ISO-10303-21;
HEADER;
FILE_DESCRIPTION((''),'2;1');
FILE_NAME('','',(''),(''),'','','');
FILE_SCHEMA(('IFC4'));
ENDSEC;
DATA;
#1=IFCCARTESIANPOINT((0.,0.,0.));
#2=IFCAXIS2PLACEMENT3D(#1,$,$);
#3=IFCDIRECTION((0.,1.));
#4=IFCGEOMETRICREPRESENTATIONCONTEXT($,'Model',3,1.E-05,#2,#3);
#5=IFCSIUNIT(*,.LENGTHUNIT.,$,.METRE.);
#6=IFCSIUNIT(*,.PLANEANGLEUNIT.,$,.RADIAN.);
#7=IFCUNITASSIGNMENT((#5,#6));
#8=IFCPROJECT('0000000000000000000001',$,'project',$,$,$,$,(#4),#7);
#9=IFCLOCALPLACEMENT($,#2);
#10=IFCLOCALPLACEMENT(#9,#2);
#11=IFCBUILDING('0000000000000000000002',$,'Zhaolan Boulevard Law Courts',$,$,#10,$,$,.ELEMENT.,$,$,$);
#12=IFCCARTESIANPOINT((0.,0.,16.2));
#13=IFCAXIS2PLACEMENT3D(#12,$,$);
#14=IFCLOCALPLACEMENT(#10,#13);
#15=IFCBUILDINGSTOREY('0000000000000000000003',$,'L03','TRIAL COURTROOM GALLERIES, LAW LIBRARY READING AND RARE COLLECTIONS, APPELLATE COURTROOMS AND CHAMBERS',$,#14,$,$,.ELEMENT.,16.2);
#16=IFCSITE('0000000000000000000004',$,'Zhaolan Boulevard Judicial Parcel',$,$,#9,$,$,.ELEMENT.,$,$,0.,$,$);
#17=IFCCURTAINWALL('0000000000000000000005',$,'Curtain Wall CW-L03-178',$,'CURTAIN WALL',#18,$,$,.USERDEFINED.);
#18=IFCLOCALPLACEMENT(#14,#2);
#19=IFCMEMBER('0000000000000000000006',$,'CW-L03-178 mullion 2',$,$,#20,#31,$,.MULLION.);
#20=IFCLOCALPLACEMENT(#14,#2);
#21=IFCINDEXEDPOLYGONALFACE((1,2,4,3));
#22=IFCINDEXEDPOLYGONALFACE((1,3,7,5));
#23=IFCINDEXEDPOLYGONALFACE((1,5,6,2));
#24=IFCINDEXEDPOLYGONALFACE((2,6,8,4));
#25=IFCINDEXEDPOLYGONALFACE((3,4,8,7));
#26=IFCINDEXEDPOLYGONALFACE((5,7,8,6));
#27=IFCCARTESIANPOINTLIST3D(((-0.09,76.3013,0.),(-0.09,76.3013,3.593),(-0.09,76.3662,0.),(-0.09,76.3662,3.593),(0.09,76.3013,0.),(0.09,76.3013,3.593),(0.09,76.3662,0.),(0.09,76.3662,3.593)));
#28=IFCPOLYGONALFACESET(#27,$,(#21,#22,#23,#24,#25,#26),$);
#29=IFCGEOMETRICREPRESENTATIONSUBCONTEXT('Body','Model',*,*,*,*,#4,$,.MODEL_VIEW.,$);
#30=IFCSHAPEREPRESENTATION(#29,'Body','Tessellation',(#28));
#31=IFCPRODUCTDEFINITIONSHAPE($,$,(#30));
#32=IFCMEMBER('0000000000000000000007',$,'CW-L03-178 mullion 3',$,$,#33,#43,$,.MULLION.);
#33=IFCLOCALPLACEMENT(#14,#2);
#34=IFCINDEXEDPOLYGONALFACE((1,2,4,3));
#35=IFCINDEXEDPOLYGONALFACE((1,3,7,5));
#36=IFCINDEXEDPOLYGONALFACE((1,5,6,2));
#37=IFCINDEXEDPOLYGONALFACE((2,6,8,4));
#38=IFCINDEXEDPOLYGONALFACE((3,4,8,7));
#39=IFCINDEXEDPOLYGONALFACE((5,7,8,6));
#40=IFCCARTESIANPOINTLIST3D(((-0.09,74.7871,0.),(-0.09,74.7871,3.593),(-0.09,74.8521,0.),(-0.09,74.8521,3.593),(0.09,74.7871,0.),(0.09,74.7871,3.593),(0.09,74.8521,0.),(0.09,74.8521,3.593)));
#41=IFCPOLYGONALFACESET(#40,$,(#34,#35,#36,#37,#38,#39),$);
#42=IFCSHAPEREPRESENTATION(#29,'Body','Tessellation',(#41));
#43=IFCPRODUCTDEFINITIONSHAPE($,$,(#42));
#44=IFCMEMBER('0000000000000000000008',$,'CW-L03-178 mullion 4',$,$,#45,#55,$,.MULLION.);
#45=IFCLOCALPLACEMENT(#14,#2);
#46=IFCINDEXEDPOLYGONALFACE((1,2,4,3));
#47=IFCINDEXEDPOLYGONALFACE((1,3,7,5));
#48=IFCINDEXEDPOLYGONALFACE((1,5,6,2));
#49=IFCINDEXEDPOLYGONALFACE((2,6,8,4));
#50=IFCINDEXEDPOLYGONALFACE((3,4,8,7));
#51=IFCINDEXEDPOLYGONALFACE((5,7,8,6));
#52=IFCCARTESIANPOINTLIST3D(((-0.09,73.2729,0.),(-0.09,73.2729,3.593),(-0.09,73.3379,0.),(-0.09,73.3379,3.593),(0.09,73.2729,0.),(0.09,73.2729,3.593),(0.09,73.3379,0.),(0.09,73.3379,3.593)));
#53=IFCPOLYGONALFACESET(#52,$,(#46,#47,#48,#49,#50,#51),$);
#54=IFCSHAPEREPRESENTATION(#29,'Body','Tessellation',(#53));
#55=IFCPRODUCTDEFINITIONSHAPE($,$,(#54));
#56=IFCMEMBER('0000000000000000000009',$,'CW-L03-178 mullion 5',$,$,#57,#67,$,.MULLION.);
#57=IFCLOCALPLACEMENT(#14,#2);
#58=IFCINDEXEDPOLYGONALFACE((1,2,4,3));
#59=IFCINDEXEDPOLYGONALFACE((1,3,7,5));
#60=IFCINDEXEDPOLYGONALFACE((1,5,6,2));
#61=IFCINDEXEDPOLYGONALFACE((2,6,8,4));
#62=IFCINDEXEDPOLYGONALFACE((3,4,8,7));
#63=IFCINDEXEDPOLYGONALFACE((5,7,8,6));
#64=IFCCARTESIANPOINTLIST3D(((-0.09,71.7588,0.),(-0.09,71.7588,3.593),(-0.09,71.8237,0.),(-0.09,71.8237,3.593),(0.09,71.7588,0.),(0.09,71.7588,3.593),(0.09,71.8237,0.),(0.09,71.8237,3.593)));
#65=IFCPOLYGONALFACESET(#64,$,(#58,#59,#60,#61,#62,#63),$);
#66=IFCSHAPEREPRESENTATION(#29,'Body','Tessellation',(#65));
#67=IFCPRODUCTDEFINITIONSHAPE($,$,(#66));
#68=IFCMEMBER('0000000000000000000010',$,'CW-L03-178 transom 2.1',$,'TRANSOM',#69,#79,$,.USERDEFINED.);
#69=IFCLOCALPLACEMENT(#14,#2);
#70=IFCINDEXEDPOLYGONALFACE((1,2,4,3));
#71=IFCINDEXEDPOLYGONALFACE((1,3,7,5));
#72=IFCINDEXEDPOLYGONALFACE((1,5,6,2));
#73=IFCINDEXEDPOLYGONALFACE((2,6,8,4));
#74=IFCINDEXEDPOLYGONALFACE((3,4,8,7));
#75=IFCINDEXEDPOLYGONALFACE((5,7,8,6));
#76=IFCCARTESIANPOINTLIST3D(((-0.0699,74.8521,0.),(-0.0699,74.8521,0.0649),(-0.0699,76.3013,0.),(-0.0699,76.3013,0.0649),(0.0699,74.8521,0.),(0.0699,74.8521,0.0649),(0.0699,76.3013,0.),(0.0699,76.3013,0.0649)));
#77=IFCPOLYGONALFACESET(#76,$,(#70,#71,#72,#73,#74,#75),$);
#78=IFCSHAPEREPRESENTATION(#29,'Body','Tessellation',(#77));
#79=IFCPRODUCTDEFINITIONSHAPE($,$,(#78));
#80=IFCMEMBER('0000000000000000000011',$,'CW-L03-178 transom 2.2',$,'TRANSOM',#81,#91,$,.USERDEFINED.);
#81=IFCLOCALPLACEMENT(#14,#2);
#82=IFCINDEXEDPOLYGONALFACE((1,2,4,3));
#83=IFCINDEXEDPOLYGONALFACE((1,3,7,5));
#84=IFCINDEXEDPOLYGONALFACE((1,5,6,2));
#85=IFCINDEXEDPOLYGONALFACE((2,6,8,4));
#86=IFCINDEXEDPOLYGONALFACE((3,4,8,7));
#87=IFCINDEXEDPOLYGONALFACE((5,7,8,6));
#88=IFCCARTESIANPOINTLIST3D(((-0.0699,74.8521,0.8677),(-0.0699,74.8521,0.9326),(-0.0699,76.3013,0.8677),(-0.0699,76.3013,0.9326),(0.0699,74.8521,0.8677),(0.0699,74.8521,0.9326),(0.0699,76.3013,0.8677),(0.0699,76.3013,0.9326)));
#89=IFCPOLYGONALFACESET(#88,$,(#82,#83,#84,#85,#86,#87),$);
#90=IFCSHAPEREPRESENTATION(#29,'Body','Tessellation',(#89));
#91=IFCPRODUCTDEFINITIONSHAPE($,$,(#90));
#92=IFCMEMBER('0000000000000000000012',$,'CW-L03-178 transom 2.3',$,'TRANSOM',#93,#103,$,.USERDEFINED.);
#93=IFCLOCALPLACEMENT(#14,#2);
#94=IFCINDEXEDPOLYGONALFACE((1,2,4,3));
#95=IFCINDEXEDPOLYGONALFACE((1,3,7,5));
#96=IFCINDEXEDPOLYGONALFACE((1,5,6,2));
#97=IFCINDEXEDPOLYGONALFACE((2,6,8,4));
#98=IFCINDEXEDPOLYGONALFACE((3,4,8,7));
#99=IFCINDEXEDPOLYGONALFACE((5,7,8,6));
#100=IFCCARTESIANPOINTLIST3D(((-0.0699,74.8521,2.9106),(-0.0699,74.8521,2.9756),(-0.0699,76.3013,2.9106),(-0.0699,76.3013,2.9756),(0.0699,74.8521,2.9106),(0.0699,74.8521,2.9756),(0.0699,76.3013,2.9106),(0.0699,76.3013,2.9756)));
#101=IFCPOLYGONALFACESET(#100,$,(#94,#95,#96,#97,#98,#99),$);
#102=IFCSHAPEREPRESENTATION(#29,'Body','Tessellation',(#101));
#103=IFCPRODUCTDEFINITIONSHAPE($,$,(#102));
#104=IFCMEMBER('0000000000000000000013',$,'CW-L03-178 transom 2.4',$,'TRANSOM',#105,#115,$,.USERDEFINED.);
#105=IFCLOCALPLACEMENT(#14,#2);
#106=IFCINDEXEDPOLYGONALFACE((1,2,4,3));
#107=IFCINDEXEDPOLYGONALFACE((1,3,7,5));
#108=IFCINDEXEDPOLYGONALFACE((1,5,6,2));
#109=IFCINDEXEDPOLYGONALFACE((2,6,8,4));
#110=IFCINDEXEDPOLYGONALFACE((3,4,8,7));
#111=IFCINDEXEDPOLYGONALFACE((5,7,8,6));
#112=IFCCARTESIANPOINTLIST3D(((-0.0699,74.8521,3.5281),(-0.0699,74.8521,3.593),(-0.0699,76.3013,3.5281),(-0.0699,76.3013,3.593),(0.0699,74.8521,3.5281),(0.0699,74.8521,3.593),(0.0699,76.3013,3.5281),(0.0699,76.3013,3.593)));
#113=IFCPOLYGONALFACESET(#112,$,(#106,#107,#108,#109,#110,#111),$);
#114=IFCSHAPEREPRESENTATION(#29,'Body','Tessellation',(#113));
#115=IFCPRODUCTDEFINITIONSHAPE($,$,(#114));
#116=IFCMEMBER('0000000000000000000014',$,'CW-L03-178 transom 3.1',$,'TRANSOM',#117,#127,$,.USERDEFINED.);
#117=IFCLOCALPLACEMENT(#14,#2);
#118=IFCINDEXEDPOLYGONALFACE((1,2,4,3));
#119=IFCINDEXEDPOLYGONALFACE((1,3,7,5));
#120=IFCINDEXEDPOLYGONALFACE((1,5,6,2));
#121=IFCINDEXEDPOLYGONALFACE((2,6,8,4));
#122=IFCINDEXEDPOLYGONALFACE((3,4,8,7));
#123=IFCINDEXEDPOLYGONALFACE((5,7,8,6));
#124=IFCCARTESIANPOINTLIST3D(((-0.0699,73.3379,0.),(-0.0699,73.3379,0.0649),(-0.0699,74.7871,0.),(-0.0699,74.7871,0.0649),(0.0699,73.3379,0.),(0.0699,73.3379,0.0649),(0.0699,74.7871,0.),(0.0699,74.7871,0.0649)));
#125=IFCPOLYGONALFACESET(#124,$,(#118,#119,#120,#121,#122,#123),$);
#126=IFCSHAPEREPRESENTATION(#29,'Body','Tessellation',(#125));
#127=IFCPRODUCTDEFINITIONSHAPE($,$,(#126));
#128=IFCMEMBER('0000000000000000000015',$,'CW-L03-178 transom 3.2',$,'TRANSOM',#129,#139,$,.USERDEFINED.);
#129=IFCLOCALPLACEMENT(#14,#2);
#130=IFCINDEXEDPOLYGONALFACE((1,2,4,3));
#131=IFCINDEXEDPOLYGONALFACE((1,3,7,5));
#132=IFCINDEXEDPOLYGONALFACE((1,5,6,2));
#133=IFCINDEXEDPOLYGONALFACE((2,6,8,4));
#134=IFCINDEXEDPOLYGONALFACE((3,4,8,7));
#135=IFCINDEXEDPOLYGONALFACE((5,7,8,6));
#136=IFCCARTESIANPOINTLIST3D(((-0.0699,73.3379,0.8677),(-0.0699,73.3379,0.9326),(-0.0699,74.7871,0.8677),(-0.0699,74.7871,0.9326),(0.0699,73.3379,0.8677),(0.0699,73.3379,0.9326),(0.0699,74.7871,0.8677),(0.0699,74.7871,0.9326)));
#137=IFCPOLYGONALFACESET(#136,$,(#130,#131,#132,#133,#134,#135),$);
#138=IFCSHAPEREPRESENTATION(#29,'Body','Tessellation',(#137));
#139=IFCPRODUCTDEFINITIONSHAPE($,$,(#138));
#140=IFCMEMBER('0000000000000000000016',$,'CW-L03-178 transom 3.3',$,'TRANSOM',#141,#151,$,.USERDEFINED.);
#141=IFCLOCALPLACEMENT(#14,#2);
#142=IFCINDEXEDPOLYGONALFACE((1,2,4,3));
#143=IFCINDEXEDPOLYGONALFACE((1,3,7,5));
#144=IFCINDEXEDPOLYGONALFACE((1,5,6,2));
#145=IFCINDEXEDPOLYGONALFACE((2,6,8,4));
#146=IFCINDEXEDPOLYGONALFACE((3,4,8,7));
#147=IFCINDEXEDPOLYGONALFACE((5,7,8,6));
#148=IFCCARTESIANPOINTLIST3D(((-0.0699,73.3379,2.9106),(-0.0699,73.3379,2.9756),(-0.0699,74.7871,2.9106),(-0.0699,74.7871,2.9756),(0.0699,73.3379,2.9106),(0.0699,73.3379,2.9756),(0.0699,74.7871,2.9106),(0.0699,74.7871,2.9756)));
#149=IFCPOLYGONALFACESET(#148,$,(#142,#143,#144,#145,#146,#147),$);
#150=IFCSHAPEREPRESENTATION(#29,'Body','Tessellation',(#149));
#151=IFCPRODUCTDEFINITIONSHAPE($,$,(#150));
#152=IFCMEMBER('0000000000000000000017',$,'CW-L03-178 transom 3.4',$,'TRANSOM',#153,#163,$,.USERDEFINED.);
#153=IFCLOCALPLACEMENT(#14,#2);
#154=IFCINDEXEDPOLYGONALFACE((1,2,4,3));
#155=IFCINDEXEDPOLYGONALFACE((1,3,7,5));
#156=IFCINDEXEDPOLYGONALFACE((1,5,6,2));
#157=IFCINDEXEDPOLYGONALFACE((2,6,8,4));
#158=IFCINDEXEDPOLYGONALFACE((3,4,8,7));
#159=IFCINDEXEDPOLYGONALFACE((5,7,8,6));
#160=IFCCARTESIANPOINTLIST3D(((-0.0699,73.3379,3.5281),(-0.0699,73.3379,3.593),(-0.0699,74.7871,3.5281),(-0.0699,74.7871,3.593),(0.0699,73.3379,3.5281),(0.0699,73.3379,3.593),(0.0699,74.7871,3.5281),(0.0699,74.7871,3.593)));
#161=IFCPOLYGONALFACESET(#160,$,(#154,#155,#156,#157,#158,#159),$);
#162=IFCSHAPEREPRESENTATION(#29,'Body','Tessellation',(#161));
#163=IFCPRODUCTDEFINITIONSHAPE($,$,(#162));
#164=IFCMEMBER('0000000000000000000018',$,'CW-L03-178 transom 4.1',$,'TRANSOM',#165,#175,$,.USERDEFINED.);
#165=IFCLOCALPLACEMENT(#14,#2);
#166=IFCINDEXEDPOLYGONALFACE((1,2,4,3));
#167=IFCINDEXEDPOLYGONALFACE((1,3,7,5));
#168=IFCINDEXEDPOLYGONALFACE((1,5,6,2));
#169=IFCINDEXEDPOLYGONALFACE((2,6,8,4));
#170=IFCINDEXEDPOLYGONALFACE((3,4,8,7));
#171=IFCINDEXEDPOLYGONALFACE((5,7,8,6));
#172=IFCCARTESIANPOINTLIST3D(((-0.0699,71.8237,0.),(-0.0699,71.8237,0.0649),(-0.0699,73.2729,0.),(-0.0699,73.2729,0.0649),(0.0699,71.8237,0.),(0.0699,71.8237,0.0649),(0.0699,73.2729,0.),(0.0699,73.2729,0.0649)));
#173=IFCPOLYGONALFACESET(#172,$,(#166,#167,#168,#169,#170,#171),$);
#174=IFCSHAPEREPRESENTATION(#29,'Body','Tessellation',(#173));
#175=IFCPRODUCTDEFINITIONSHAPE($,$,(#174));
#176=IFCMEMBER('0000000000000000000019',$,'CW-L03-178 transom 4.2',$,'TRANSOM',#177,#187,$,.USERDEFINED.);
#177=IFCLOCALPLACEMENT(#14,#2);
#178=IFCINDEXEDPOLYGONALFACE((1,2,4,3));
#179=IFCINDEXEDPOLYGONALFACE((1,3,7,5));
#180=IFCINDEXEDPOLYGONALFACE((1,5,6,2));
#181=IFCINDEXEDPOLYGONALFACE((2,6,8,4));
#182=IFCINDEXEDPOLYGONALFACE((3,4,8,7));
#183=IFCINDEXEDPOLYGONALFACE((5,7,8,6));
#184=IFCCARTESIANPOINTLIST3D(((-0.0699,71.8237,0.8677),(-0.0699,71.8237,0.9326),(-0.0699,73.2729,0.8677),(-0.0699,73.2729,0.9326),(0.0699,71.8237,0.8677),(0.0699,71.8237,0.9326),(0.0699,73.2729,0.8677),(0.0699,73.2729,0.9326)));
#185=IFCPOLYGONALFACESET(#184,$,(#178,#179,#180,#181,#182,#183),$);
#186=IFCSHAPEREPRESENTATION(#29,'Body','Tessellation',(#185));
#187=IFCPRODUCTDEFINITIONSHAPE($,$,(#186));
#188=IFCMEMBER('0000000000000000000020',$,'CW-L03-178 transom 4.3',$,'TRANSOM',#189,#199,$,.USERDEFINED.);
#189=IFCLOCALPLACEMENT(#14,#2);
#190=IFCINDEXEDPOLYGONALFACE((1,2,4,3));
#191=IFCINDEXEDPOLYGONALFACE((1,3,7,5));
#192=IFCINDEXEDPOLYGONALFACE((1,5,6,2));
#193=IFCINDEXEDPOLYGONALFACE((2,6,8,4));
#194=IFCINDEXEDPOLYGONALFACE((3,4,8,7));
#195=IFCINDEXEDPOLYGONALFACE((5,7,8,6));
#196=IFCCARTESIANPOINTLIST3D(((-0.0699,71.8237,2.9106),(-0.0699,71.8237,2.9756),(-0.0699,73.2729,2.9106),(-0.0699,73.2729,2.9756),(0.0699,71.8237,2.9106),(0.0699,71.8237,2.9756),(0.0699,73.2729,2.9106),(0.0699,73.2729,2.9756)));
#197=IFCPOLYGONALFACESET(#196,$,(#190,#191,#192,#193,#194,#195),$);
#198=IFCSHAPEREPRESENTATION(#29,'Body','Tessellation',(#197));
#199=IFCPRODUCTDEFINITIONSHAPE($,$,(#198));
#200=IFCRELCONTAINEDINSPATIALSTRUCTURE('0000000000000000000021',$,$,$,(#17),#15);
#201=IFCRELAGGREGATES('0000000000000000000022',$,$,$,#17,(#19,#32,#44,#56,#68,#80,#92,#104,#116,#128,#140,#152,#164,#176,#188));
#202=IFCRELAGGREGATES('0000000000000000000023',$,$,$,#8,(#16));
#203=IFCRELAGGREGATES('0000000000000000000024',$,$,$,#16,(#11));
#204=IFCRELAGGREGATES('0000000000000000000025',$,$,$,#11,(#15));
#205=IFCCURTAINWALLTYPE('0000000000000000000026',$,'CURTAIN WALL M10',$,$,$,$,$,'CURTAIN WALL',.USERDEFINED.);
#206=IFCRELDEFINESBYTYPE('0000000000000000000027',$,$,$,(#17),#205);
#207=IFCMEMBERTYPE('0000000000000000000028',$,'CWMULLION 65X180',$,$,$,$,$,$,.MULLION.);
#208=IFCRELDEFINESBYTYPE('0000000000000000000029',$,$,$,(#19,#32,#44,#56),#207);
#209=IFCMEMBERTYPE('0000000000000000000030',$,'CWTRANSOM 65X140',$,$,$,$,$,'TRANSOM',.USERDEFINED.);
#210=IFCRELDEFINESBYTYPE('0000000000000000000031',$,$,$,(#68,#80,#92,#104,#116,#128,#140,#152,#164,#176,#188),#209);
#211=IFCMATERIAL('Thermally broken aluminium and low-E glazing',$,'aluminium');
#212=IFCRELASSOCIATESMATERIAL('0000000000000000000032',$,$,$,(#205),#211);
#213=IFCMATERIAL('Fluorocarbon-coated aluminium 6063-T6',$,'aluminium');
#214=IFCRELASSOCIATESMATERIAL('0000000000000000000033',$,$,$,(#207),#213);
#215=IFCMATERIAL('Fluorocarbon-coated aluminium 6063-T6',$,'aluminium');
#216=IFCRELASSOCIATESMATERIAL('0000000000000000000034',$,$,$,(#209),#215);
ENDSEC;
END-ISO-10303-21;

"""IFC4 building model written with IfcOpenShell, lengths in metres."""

from ifc_helpers import new_model, si_unit, direction, frame, origin, origin_2d, place, context, subcontext, project, spatial, rectangle, extrude, material, material_profile, profile_set, type_object, element, aggregate, save


model = new_model("IFC4")

# Units and contexts
model_context = context("Model", 3, precision=1e-05, world=origin(), true_north=direction((0.0, 1.0)))
body_context = subcontext(model_context, "Body", "Model", "MODEL_VIEW")
ifc_project = project(units=[si_unit("LENGTHUNIT", "METRE"), si_unit("PLANEANGLEUNIT", "RADIAN")], contexts=[model_context])

# Site, building, storey
site_placement = place(None, origin())
site = spatial("IfcSite", under=ifc_project, at=site_placement, Name="Zhaolan Boulevard Judicial Parcel", CompositionType="ELEMENT", RefElevation=0.0)
building_placement = place(site_placement, origin())
building = spatial("IfcBuilding", under=site, at=building_placement, Name="Zhaolan Boulevard Law Courts", CompositionType="ELEMENT")
storey_placement = place(building_placement, frame((0.0, 0.0, 16.2)))
storey = spatial("IfcBuildingStorey", under=building, at=storey_placement, Name="L03", Description="TRIAL COURTROOM GALLERIES, LAW LIBRARY READING AND RARE COLLECTIONS, APPELLATE COURTROOMS AND CHAMBERS", CompositionType="ELEMENT", Elevation=16.2)

# Curtain wall, members
ifc_material_1 = material(Name="Thermally broken aluminium and low-E glazing", Category="aluminium")
curtain_wall_type = type_object("IfcCurtainWallType", Name="CURTAIN WALL M10", ElementType="CURTAIN WALL", PredefinedType="USERDEFINED", material=ifc_material_1)
curtain_wall_placement = place(storey_placement, origin())
curtain_wall = element("IfcCurtainWall", 1, at=curtain_wall_placement, inside=storey, type_object=curtain_wall_type, Name="Curtain Wall CW-L03-178", ObjectType="CURTAIN WALL", PredefinedType="USERDEFINED")
ifc_material_2 = material(Name="Fluorocarbon-coated aluminium 6063-T6", Category="aluminium")
ifc_material_profile_1 = material_profile(ifc_material_2, rectangle(XDim=0.1799, YDim=0.0649, at=origin_2d()), Name="AL65x180")
ifc_profile_set_1 = profile_set([ifc_material_profile_1], Name="Fluorocarbon-coated aluminium 6063-T6")
member_type_1 = type_object("IfcMemberType", Name="CWMULLION 65X180", PredefinedType="MULLION", material=ifc_profile_set_1)
member_1_placement = place(storey_placement, frame((0.0, 76.3337, 0.0), z_axis=(0.0, 0.0, 1.0), x_axis=(1.0, 0.0, 0.0)))
member_1 = element("IfcMember", 2, at=member_1_placement, type_object=member_type_1, Name="CW-L03-178 mullion 2", PredefinedType="MULLION", context=body_context, shape_type="SweptSolid", body=[
    extrude(rectangle(XDim=0.1799, YDim=0.0649, at=origin_2d()), origin(), (0.0, 0.0, 1.0), 3.593),
])
member_2_placement = place(storey_placement, frame((0.0, 74.8196, 0.0), z_axis=(0.0, 0.0, 1.0), x_axis=(1.0, 0.0, 0.0)))
member_2 = element("IfcMember", 3, at=member_2_placement, type_object=member_type_1, Name="CW-L03-178 mullion 3", PredefinedType="MULLION", context=body_context, shape_type="SweptSolid", body=[
    extrude(rectangle(XDim=0.1799, YDim=0.0649, at=origin_2d()), origin(), (0.0, 0.0, 1.0), 3.593),
])
member_3_placement = place(storey_placement, frame((0.0, 73.3054, 0.0), z_axis=(0.0, 0.0, 1.0), x_axis=(1.0, 0.0, 0.0)))
member_3 = element("IfcMember", 4, at=member_3_placement, type_object=member_type_1, Name="CW-L03-178 mullion 4", PredefinedType="MULLION", context=body_context, shape_type="SweptSolid", body=[
    extrude(rectangle(XDim=0.1799, YDim=0.0649, at=origin_2d()), origin(), (0.0, 0.0, 1.0), 3.593),
])
member_4_placement = place(storey_placement, frame((0.0, 71.7913, 0.0), z_axis=(0.0, 0.0, 1.0), x_axis=(1.0, 0.0, 0.0)))
member_4 = element("IfcMember", 5, at=member_4_placement, type_object=member_type_1, Name="CW-L03-178 mullion 5", PredefinedType="MULLION", context=body_context, shape_type="SweptSolid", body=[
    extrude(rectangle(XDim=0.1799, YDim=0.0649, at=origin_2d()), origin(), (0.0, 0.0, 1.0), 3.593),
])
ifc_material_3 = material(Name="Fluorocarbon-coated aluminium 6063-T6", Category="aluminium")
ifc_material_profile_2 = material_profile(ifc_material_3, rectangle(XDim=0.1399, YDim=0.0649, at=origin_2d()), Name="AL65x140")
ifc_profile_set_2 = profile_set([ifc_material_profile_2], Name="Fluorocarbon-coated aluminium 6063-T6")
member_type_2 = type_object("IfcMemberType", Name="CWTRANSOM 65X140", ElementType="TRANSOM", PredefinedType="USERDEFINED", material=ifc_profile_set_2)
member_5_placement = place(storey_placement, frame((0.0, 76.3013, 0.0325), z_axis=(0.0, -1.0, 0.0), x_axis=(1.0, 0.0, 0.0)))
member_5 = element("IfcMember", 6, at=member_5_placement, type_object=member_type_2, Name="CW-L03-178 transom 2.1", ObjectType="TRANSOM", PredefinedType="USERDEFINED", context=body_context, shape_type="SweptSolid", body=[
    extrude(rectangle(XDim=0.1399, YDim=0.0649, at=origin_2d()), origin(), (0.0, 0.0, 1.0), 1.4492),
])
member_6_placement = place(storey_placement, frame((0.0, 76.3013, 0.9001), z_axis=(0.0, -1.0, 0.0), x_axis=(1.0, 0.0, 0.0)))
member_6 = element("IfcMember", 7, at=member_6_placement, type_object=member_type_2, Name="CW-L03-178 transom 2.2", ObjectType="TRANSOM", PredefinedType="USERDEFINED", context=body_context, shape_type="SweptSolid", body=[
    extrude(rectangle(XDim=0.1399, YDim=0.0649, at=origin_2d()), origin(), (0.0, 0.0, 1.0), 1.4492),
])
member_7_placement = place(storey_placement, frame((0.0, 76.3013, 2.9431), z_axis=(0.0, -1.0, 0.0), x_axis=(1.0, 0.0, 0.0)))
member_7 = element("IfcMember", 8, at=member_7_placement, type_object=member_type_2, Name="CW-L03-178 transom 2.3", ObjectType="TRANSOM", PredefinedType="USERDEFINED", context=body_context, shape_type="SweptSolid", body=[
    extrude(rectangle(XDim=0.1399, YDim=0.0649, at=origin_2d()), origin(), (0.0, 0.0, 1.0), 1.4492),
])
member_8_placement = place(storey_placement, frame((0.0, 76.3013, 3.5605), z_axis=(0.0, -1.0, 0.0), x_axis=(1.0, 0.0, 0.0)))
member_8 = element("IfcMember", 9, at=member_8_placement, type_object=member_type_2, Name="CW-L03-178 transom 2.4", ObjectType="TRANSOM", PredefinedType="USERDEFINED", context=body_context, shape_type="SweptSolid", body=[
    extrude(rectangle(XDim=0.1399, YDim=0.0649, at=origin_2d()), origin(), (0.0, 0.0, 1.0), 1.4492),
])
member_9_placement = place(storey_placement, frame((0.0, 74.7871, 0.0325), z_axis=(0.0, -1.0, 0.0), x_axis=(1.0, 0.0, 0.0)))
member_9 = element("IfcMember", 10, at=member_9_placement, type_object=member_type_2, Name="CW-L03-178 transom 3.1", ObjectType="TRANSOM", PredefinedType="USERDEFINED", context=body_context, shape_type="SweptSolid", body=[
    extrude(rectangle(XDim=0.1399, YDim=0.0649, at=origin_2d()), origin(), (0.0, 0.0, 1.0), 1.4492),
])
member_10_placement = place(storey_placement, frame((0.0, 74.7871, 0.9001), z_axis=(0.0, -1.0, 0.0), x_axis=(1.0, 0.0, 0.0)))
member_10 = element("IfcMember", 11, at=member_10_placement, type_object=member_type_2, Name="CW-L03-178 transom 3.2", ObjectType="TRANSOM", PredefinedType="USERDEFINED", context=body_context, shape_type="SweptSolid", body=[
    extrude(rectangle(XDim=0.1399, YDim=0.0649, at=origin_2d()), origin(), (0.0, 0.0, 1.0), 1.4492),
])
member_11_placement = place(storey_placement, frame((0.0, 74.7871, 2.9431), z_axis=(0.0, -1.0, 0.0), x_axis=(1.0, 0.0, 0.0)))
member_11 = element("IfcMember", 12, at=member_11_placement, type_object=member_type_2, Name="CW-L03-178 transom 3.3", ObjectType="TRANSOM", PredefinedType="USERDEFINED", context=body_context, shape_type="SweptSolid", body=[
    extrude(rectangle(XDim=0.1399, YDim=0.0649, at=origin_2d()), origin(), (0.0, 0.0, 1.0), 1.4492),
])
member_12_placement = place(storey_placement, frame((0.0, 74.7871, 3.5605), z_axis=(0.0, -1.0, 0.0), x_axis=(1.0, 0.0, 0.0)))
member_12 = element("IfcMember", 13, at=member_12_placement, type_object=member_type_2, Name="CW-L03-178 transom 3.4", ObjectType="TRANSOM", PredefinedType="USERDEFINED", context=body_context, shape_type="SweptSolid", body=[
    extrude(rectangle(XDim=0.1399, YDim=0.0649, at=origin_2d()), origin(), (0.0, 0.0, 1.0), 1.4492),
])
member_13_placement = place(storey_placement, frame((0.0, 73.2729, 0.0325), z_axis=(0.0, -1.0, 0.0), x_axis=(1.0, 0.0, 0.0)))
member_13 = element("IfcMember", 14, at=member_13_placement, type_object=member_type_2, Name="CW-L03-178 transom 4.1", ObjectType="TRANSOM", PredefinedType="USERDEFINED", context=body_context, shape_type="SweptSolid", body=[
    extrude(rectangle(XDim=0.1399, YDim=0.0649, at=origin_2d()), origin(), (0.0, 0.0, 1.0), 1.4492),
])
member_14_placement = place(storey_placement, frame((0.0, 73.2729, 0.9001), z_axis=(0.0, -1.0, 0.0), x_axis=(1.0, 0.0, 0.0)))
member_14 = element("IfcMember", 15, at=member_14_placement, type_object=member_type_2, Name="CW-L03-178 transom 4.2", ObjectType="TRANSOM", PredefinedType="USERDEFINED", context=body_context, shape_type="SweptSolid", body=[
    extrude(rectangle(XDim=0.1399, YDim=0.0649, at=origin_2d()), origin(), (0.0, 0.0, 1.0), 1.4492),
])
member_15_placement = place(storey_placement, frame((0.0, 73.2729, 2.9431), z_axis=(0.0, -1.0, 0.0), x_axis=(1.0, 0.0, 0.0)))
member_15 = element("IfcMember", 16, at=member_15_placement, type_object=member_type_2, Name="CW-L03-178 transom 4.3", ObjectType="TRANSOM", PredefinedType="USERDEFINED", context=body_context, shape_type="SweptSolid", body=[
    extrude(rectangle(XDim=0.1399, YDim=0.0649, at=origin_2d()), origin(), (0.0, 0.0, 1.0), 1.4492),
])
aggregate(curtain_wall, [member_1, member_2, member_3, member_4, member_5, member_6, member_7, member_8, member_9, member_10, member_11, member_12, member_13, member_14, member_15])

save(model, "model.ifc")
